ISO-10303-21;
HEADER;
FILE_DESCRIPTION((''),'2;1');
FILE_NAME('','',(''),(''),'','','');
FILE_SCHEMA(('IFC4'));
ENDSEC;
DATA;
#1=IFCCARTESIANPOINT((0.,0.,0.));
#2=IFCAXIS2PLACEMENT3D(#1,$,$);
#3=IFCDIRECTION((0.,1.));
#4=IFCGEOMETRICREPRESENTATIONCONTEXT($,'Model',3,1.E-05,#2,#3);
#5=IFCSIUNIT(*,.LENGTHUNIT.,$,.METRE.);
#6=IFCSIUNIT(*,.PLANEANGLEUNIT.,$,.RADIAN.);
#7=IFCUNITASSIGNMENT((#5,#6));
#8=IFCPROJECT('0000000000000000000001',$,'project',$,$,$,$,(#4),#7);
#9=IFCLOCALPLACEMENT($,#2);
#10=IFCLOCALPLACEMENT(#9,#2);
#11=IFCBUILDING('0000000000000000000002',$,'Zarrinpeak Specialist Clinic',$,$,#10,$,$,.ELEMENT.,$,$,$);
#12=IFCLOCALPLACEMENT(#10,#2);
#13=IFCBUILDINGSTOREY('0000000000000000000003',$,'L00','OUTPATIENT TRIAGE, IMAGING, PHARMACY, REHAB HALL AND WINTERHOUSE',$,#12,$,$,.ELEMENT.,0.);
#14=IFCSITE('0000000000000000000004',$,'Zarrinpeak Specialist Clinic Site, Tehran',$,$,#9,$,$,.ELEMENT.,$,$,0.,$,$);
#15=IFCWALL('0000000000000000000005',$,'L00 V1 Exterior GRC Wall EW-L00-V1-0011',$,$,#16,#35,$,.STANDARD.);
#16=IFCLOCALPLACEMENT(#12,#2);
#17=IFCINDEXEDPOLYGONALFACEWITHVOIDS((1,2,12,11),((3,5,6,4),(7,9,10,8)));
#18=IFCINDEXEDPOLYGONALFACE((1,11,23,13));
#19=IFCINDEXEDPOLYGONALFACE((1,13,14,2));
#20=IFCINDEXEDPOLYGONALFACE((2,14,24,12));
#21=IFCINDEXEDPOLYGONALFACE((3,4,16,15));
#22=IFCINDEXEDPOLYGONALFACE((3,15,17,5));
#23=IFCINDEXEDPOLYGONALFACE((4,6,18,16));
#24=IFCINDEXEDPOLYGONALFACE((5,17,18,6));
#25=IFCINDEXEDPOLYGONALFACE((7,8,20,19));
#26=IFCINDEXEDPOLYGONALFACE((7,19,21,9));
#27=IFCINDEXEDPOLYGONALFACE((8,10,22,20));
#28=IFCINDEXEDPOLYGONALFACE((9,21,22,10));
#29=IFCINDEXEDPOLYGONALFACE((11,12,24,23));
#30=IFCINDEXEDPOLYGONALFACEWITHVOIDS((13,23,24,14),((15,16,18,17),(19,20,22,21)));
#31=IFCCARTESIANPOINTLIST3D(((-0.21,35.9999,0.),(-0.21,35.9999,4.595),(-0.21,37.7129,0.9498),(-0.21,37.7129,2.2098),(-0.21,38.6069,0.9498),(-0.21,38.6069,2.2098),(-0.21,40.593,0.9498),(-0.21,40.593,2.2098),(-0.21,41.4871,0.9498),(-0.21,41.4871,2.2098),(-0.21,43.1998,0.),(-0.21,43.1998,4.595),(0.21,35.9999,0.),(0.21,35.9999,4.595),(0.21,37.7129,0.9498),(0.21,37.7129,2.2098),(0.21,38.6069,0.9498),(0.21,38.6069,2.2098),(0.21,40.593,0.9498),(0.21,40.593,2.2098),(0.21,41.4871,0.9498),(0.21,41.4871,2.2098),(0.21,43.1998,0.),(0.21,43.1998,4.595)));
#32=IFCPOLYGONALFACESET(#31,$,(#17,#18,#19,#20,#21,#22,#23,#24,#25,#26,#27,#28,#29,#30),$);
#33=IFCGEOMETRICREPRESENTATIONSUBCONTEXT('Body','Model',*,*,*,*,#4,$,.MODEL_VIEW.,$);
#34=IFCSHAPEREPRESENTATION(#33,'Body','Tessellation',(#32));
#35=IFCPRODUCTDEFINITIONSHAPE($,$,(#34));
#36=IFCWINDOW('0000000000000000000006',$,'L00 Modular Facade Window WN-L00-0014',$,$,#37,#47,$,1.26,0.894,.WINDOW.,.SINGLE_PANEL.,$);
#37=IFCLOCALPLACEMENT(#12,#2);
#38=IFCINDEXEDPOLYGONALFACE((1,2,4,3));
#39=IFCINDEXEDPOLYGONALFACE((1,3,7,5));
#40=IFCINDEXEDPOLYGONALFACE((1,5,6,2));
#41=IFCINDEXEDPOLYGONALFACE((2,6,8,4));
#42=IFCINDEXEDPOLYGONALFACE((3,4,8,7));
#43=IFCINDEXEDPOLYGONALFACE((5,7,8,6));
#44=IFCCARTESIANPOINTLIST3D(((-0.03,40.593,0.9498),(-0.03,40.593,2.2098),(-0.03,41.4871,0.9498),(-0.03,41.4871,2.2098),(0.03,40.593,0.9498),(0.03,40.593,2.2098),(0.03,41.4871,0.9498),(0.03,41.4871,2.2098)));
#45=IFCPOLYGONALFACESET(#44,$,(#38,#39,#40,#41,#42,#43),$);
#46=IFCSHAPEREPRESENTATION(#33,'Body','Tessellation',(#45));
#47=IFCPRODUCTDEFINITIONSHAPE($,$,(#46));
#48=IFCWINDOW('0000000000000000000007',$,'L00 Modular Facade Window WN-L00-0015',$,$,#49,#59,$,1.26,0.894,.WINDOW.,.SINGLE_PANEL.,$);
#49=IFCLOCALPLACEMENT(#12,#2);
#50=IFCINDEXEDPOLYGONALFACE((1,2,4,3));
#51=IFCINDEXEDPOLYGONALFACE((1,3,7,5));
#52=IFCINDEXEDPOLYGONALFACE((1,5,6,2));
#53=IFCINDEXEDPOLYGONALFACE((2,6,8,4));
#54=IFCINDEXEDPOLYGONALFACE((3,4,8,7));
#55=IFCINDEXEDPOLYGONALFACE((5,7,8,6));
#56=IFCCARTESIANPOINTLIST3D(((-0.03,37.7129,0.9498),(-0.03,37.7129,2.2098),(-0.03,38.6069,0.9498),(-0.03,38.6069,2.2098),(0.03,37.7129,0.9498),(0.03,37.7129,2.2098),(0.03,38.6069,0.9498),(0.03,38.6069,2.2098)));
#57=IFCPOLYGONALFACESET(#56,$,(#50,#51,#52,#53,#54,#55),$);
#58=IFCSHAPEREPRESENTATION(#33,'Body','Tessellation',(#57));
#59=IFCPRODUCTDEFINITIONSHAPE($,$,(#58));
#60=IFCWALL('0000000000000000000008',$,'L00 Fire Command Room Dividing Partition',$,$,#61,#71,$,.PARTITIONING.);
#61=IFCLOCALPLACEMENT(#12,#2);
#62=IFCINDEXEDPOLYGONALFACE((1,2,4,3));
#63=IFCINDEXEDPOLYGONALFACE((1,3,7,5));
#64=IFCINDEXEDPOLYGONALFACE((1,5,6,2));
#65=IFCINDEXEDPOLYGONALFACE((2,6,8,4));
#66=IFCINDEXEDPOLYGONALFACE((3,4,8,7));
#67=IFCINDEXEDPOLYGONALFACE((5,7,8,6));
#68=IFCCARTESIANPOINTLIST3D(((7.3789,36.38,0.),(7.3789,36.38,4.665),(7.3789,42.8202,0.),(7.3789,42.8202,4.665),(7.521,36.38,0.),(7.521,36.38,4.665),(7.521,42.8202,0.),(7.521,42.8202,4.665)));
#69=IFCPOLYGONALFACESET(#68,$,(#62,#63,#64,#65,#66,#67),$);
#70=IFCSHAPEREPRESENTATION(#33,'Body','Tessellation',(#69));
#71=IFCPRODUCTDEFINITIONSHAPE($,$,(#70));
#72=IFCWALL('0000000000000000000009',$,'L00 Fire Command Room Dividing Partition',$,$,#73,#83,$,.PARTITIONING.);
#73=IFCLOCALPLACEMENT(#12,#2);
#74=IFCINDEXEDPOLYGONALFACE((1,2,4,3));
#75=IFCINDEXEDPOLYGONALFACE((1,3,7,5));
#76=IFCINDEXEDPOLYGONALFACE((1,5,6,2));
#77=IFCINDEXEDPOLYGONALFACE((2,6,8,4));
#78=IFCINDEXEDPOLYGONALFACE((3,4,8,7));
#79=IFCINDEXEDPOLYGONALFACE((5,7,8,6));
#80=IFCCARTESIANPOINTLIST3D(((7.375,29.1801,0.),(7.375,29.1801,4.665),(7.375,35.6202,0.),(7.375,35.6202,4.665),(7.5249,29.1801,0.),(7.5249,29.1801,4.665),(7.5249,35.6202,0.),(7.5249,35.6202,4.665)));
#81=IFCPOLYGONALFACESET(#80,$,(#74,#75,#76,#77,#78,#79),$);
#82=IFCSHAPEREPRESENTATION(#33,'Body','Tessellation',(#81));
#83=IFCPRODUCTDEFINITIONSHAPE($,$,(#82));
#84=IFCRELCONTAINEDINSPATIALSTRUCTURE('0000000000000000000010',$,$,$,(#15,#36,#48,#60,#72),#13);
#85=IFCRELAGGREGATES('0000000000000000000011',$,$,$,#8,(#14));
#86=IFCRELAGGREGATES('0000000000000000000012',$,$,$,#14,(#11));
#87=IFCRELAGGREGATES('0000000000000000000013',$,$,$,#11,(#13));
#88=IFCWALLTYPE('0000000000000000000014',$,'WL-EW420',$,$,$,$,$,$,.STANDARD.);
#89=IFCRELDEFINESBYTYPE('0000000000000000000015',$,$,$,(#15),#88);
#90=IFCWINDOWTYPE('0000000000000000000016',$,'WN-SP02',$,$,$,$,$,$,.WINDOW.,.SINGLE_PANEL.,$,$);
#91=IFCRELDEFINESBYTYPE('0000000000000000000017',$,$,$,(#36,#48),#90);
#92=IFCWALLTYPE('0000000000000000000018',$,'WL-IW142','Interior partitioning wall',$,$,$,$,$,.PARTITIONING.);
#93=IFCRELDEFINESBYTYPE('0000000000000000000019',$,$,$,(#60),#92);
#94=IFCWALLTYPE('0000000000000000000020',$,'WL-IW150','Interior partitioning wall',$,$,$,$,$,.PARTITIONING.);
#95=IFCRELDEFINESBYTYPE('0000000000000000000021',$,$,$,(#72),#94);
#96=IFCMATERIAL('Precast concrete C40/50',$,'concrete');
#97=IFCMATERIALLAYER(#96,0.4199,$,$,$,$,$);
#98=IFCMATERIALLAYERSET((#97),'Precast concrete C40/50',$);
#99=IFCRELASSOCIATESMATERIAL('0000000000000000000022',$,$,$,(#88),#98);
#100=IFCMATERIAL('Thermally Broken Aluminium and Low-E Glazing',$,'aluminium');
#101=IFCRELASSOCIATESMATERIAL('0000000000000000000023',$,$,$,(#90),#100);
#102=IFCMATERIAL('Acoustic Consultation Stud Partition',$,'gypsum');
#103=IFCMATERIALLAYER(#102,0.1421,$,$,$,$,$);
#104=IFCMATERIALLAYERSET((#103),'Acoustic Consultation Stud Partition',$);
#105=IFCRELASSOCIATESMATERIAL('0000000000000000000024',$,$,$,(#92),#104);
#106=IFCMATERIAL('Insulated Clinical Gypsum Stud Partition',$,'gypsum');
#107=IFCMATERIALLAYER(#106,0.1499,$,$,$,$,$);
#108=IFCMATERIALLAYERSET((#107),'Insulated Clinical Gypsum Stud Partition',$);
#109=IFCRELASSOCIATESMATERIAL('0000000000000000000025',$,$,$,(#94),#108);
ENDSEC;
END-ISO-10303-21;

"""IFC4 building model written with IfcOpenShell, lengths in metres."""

from ifc_helpers import new_model, si_unit, direction, frame, frame_2d, origin, place, context, subcontext, project, spatial, rectangle, extrude, material, layer, layer_set, type_object, element, fill, save


model = new_model("IFC4")

# Units and contexts
model_context = context("Model", 3, precision=1e-05, world=origin(), true_north=direction((0.0, 1.0)))
body_context = subcontext(model_context, "Body", "Model", "MODEL_VIEW")
ifc_project = project(units=[si_unit("LENGTHUNIT", "METRE"), si_unit("PLANEANGLEUNIT", "RADIAN")], contexts=[model_context])

# Site, building, storey
site_placement = place(None, origin())
site = spatial("IfcSite", under=ifc_project, at=site_placement, Name="Zarrinpeak Specialist Clinic Site, Tehran", CompositionType="ELEMENT", RefElevation=0.0)
building_placement = place(site_placement, origin())
building = spatial("IfcBuilding", under=site, at=building_placement, Name="Zarrinpeak Specialist Clinic", CompositionType="ELEMENT")
storey_placement = place(building_placement, origin())
storey = spatial("IfcBuildingStorey", under=building, at=storey_placement, Name="L00", Description="OUTPATIENT TRIAGE, IMAGING, PHARMACY, REHAB HALL AND WINTERHOUSE", CompositionType="ELEMENT", Elevation=0.0)

# Wall, openings, windows
ifc_material_1 = material(Name="Precast concrete C40/50", Category="concrete")
ifc_layer_1 = layer(ifc_material_1, 0.4199)
ifc_layer_set_1 = layer_set([ifc_layer_1], Name="Precast concrete C40/50")
wall_type_1 = type_object("IfcWallType", Name="WL-EW420", PredefinedType="STANDARD", material=ifc_layer_set_1)
ifc_material_2 = material(Name="Thermally Broken Aluminium and Low-E Glazing", Category="aluminium")
wall_1_placement = place(storey_placement, frame((0.0, 43.2, 0.0), z_axis=(0.0, 0.0, 1.0), x_axis=(0.0, -1.0, 0.0)))
wall_1 = element("IfcWall", 1, at=wall_1_placement, inside=storey, type_object=wall_type_1, Name="L00 V1 Exterior GRC Wall EW-L00-V1-0011", PredefinedType="STANDARD", context=body_context, shape_type="SweptSolid", body=[
    extrude(rectangle(XDim=7.2, YDim=0.4199, at=frame_2d((3.6001, 0.0))), origin(), (0.0, 0.0, 1.0), 4.595),
])
opening_1_placement = place(wall_1_placement, frame((1.7129, 0.0, 0.95)))
opening_1 = element("IfcOpeningElement", 2, at=opening_1_placement, cuts=wall_1, PredefinedType="OPENING", context=body_context, shape_type="SweptSolid", body=[
    extrude(rectangle(XDim=0.894, YDim=1.26, at=frame_2d((0.447, 0.6299))), frame((0.0, 0.22, 0.0), z_axis=(0.0, -1.0, 0.0), x_axis=(1.0, 0.0, 0.0)), (0.0, 0.0, 1.0), 0.4399),
])
opening_2_placement = place(wall_1_placement, frame((4.593, 0.0, 0.95)))
opening_2 = element("IfcOpeningElement", 3, at=opening_2_placement, cuts=wall_1, PredefinedType="OPENING", context=body_context, shape_type="SweptSolid", body=[
    extrude(rectangle(XDim=0.894, YDim=1.26, at=frame_2d((0.447, 0.6299))), frame((0.0, 0.22, 0.0), z_axis=(0.0, -1.0, 0.0), x_axis=(1.0, 0.0, 0.0)), (0.0, 0.0, 1.0), 0.4399),
])
window_type_1 = type_object("IfcWindowType", Name="WN-SP02", PartitioningType="SINGLE_PANEL", PredefinedType="WINDOW", material=ifc_material_2)
window_1_placement = place(opening_1_placement, origin())
window_1 = element("IfcWindow", 4, at=window_1_placement, inside=storey, type_object=window_type_1, Name="L00 Modular Facade Window WN-L00-0014", OverallHeight=1.26, OverallWidth=0.894, PartitioningType="SINGLE_PANEL", PredefinedType="WINDOW", context=body_context, shape_type="SweptSolid", body=[
    extrude(rectangle(XDim=0.894, YDim=1.26, at=frame_2d((0.447, 0.6299))), frame((0.0, 0.03, 0.0), z_axis=(0.0, -1.0, 0.0), x_axis=(1.0, 0.0, 0.0)), (0.0, 0.0, 1.0), 0.0601),
])
fill(opening_1, window_1)
window_2_placement = place(opening_2_placement, origin())
window_2 = element("IfcWindow", 5, at=window_2_placement, inside=storey, type_object=window_type_1, Name="L00 Modular Facade Window WN-L00-0015", OverallHeight=1.26, OverallWidth=0.894, PartitioningType="SINGLE_PANEL", PredefinedType="WINDOW", context=body_context, shape_type="SweptSolid", body=[
    extrude(rectangle(XDim=0.894, YDim=1.26, at=frame_2d((0.447, 0.6299))), frame((0.0, 0.03, 0.0), z_axis=(0.0, -1.0, 0.0), x_axis=(1.0, 0.0, 0.0)), (0.0, 0.0, 1.0), 0.0601),
])
fill(opening_2, window_2)

# Walls
ifc_material_3 = material(Name="Acoustic Consultation Stud Partition", Category="gypsum")
ifc_layer_2 = layer(ifc_material_3, 0.1421)
ifc_layer_set_2 = layer_set([ifc_layer_2], Name="Acoustic Consultation Stud Partition")
wall_type_2 = type_object("IfcWallType", Name="WL-IW142", Description="Interior partitioning wall", PredefinedType="PARTITIONING", material=ifc_layer_set_2)
wall_2_placement = place(storey_placement, frame((7.45, 36.3799, 0.0), z_axis=(0.0, 0.0, 1.0), x_axis=(0.0, 1.0, 0.0)))
element("IfcWall", 6, at=wall_2_placement, inside=storey, type_object=wall_type_2, Name="L00 Fire Command Room Dividing Partition", PredefinedType="PARTITIONING", context=body_context, shape_type="SweptSolid", body=[
    extrude(rectangle(XDim=6.4402, YDim=0.1421, at=frame_2d((3.2202, 0.0))), origin(), (0.0, 0.0, 1.0), 4.665),
])
ifc_material_4 = material(Name="Insulated Clinical Gypsum Stud Partition", Category="gypsum")
ifc_layer_3 = layer(ifc_material_4, 0.1499)
ifc_layer_set_3 = layer_set([ifc_layer_3], Name="Insulated Clinical Gypsum Stud Partition")
wall_type_3 = type_object("IfcWallType", Name="WL-IW150", Description="Interior partitioning wall", PredefinedType="PARTITIONING", material=ifc_layer_set_3)
wall_3_placement = place(storey_placement, frame((7.45, 29.1799, 0.0), z_axis=(0.0, 0.0, 1.0), x_axis=(0.0, 1.0, 0.0)))
element("IfcWall", 7, at=wall_3_placement, inside=storey, type_object=wall_type_3, Name="L00 Fire Command Room Dividing Partition", PredefinedType="PARTITIONING", context=body_context, shape_type="SweptSolid", body=[
    extrude(rectangle(XDim=6.4402, YDim=0.1499, at=frame_2d((3.2202, 0.0))), origin(), (0.0, 0.0, 1.0), 4.665),
])

save(model, "model.ifc")
